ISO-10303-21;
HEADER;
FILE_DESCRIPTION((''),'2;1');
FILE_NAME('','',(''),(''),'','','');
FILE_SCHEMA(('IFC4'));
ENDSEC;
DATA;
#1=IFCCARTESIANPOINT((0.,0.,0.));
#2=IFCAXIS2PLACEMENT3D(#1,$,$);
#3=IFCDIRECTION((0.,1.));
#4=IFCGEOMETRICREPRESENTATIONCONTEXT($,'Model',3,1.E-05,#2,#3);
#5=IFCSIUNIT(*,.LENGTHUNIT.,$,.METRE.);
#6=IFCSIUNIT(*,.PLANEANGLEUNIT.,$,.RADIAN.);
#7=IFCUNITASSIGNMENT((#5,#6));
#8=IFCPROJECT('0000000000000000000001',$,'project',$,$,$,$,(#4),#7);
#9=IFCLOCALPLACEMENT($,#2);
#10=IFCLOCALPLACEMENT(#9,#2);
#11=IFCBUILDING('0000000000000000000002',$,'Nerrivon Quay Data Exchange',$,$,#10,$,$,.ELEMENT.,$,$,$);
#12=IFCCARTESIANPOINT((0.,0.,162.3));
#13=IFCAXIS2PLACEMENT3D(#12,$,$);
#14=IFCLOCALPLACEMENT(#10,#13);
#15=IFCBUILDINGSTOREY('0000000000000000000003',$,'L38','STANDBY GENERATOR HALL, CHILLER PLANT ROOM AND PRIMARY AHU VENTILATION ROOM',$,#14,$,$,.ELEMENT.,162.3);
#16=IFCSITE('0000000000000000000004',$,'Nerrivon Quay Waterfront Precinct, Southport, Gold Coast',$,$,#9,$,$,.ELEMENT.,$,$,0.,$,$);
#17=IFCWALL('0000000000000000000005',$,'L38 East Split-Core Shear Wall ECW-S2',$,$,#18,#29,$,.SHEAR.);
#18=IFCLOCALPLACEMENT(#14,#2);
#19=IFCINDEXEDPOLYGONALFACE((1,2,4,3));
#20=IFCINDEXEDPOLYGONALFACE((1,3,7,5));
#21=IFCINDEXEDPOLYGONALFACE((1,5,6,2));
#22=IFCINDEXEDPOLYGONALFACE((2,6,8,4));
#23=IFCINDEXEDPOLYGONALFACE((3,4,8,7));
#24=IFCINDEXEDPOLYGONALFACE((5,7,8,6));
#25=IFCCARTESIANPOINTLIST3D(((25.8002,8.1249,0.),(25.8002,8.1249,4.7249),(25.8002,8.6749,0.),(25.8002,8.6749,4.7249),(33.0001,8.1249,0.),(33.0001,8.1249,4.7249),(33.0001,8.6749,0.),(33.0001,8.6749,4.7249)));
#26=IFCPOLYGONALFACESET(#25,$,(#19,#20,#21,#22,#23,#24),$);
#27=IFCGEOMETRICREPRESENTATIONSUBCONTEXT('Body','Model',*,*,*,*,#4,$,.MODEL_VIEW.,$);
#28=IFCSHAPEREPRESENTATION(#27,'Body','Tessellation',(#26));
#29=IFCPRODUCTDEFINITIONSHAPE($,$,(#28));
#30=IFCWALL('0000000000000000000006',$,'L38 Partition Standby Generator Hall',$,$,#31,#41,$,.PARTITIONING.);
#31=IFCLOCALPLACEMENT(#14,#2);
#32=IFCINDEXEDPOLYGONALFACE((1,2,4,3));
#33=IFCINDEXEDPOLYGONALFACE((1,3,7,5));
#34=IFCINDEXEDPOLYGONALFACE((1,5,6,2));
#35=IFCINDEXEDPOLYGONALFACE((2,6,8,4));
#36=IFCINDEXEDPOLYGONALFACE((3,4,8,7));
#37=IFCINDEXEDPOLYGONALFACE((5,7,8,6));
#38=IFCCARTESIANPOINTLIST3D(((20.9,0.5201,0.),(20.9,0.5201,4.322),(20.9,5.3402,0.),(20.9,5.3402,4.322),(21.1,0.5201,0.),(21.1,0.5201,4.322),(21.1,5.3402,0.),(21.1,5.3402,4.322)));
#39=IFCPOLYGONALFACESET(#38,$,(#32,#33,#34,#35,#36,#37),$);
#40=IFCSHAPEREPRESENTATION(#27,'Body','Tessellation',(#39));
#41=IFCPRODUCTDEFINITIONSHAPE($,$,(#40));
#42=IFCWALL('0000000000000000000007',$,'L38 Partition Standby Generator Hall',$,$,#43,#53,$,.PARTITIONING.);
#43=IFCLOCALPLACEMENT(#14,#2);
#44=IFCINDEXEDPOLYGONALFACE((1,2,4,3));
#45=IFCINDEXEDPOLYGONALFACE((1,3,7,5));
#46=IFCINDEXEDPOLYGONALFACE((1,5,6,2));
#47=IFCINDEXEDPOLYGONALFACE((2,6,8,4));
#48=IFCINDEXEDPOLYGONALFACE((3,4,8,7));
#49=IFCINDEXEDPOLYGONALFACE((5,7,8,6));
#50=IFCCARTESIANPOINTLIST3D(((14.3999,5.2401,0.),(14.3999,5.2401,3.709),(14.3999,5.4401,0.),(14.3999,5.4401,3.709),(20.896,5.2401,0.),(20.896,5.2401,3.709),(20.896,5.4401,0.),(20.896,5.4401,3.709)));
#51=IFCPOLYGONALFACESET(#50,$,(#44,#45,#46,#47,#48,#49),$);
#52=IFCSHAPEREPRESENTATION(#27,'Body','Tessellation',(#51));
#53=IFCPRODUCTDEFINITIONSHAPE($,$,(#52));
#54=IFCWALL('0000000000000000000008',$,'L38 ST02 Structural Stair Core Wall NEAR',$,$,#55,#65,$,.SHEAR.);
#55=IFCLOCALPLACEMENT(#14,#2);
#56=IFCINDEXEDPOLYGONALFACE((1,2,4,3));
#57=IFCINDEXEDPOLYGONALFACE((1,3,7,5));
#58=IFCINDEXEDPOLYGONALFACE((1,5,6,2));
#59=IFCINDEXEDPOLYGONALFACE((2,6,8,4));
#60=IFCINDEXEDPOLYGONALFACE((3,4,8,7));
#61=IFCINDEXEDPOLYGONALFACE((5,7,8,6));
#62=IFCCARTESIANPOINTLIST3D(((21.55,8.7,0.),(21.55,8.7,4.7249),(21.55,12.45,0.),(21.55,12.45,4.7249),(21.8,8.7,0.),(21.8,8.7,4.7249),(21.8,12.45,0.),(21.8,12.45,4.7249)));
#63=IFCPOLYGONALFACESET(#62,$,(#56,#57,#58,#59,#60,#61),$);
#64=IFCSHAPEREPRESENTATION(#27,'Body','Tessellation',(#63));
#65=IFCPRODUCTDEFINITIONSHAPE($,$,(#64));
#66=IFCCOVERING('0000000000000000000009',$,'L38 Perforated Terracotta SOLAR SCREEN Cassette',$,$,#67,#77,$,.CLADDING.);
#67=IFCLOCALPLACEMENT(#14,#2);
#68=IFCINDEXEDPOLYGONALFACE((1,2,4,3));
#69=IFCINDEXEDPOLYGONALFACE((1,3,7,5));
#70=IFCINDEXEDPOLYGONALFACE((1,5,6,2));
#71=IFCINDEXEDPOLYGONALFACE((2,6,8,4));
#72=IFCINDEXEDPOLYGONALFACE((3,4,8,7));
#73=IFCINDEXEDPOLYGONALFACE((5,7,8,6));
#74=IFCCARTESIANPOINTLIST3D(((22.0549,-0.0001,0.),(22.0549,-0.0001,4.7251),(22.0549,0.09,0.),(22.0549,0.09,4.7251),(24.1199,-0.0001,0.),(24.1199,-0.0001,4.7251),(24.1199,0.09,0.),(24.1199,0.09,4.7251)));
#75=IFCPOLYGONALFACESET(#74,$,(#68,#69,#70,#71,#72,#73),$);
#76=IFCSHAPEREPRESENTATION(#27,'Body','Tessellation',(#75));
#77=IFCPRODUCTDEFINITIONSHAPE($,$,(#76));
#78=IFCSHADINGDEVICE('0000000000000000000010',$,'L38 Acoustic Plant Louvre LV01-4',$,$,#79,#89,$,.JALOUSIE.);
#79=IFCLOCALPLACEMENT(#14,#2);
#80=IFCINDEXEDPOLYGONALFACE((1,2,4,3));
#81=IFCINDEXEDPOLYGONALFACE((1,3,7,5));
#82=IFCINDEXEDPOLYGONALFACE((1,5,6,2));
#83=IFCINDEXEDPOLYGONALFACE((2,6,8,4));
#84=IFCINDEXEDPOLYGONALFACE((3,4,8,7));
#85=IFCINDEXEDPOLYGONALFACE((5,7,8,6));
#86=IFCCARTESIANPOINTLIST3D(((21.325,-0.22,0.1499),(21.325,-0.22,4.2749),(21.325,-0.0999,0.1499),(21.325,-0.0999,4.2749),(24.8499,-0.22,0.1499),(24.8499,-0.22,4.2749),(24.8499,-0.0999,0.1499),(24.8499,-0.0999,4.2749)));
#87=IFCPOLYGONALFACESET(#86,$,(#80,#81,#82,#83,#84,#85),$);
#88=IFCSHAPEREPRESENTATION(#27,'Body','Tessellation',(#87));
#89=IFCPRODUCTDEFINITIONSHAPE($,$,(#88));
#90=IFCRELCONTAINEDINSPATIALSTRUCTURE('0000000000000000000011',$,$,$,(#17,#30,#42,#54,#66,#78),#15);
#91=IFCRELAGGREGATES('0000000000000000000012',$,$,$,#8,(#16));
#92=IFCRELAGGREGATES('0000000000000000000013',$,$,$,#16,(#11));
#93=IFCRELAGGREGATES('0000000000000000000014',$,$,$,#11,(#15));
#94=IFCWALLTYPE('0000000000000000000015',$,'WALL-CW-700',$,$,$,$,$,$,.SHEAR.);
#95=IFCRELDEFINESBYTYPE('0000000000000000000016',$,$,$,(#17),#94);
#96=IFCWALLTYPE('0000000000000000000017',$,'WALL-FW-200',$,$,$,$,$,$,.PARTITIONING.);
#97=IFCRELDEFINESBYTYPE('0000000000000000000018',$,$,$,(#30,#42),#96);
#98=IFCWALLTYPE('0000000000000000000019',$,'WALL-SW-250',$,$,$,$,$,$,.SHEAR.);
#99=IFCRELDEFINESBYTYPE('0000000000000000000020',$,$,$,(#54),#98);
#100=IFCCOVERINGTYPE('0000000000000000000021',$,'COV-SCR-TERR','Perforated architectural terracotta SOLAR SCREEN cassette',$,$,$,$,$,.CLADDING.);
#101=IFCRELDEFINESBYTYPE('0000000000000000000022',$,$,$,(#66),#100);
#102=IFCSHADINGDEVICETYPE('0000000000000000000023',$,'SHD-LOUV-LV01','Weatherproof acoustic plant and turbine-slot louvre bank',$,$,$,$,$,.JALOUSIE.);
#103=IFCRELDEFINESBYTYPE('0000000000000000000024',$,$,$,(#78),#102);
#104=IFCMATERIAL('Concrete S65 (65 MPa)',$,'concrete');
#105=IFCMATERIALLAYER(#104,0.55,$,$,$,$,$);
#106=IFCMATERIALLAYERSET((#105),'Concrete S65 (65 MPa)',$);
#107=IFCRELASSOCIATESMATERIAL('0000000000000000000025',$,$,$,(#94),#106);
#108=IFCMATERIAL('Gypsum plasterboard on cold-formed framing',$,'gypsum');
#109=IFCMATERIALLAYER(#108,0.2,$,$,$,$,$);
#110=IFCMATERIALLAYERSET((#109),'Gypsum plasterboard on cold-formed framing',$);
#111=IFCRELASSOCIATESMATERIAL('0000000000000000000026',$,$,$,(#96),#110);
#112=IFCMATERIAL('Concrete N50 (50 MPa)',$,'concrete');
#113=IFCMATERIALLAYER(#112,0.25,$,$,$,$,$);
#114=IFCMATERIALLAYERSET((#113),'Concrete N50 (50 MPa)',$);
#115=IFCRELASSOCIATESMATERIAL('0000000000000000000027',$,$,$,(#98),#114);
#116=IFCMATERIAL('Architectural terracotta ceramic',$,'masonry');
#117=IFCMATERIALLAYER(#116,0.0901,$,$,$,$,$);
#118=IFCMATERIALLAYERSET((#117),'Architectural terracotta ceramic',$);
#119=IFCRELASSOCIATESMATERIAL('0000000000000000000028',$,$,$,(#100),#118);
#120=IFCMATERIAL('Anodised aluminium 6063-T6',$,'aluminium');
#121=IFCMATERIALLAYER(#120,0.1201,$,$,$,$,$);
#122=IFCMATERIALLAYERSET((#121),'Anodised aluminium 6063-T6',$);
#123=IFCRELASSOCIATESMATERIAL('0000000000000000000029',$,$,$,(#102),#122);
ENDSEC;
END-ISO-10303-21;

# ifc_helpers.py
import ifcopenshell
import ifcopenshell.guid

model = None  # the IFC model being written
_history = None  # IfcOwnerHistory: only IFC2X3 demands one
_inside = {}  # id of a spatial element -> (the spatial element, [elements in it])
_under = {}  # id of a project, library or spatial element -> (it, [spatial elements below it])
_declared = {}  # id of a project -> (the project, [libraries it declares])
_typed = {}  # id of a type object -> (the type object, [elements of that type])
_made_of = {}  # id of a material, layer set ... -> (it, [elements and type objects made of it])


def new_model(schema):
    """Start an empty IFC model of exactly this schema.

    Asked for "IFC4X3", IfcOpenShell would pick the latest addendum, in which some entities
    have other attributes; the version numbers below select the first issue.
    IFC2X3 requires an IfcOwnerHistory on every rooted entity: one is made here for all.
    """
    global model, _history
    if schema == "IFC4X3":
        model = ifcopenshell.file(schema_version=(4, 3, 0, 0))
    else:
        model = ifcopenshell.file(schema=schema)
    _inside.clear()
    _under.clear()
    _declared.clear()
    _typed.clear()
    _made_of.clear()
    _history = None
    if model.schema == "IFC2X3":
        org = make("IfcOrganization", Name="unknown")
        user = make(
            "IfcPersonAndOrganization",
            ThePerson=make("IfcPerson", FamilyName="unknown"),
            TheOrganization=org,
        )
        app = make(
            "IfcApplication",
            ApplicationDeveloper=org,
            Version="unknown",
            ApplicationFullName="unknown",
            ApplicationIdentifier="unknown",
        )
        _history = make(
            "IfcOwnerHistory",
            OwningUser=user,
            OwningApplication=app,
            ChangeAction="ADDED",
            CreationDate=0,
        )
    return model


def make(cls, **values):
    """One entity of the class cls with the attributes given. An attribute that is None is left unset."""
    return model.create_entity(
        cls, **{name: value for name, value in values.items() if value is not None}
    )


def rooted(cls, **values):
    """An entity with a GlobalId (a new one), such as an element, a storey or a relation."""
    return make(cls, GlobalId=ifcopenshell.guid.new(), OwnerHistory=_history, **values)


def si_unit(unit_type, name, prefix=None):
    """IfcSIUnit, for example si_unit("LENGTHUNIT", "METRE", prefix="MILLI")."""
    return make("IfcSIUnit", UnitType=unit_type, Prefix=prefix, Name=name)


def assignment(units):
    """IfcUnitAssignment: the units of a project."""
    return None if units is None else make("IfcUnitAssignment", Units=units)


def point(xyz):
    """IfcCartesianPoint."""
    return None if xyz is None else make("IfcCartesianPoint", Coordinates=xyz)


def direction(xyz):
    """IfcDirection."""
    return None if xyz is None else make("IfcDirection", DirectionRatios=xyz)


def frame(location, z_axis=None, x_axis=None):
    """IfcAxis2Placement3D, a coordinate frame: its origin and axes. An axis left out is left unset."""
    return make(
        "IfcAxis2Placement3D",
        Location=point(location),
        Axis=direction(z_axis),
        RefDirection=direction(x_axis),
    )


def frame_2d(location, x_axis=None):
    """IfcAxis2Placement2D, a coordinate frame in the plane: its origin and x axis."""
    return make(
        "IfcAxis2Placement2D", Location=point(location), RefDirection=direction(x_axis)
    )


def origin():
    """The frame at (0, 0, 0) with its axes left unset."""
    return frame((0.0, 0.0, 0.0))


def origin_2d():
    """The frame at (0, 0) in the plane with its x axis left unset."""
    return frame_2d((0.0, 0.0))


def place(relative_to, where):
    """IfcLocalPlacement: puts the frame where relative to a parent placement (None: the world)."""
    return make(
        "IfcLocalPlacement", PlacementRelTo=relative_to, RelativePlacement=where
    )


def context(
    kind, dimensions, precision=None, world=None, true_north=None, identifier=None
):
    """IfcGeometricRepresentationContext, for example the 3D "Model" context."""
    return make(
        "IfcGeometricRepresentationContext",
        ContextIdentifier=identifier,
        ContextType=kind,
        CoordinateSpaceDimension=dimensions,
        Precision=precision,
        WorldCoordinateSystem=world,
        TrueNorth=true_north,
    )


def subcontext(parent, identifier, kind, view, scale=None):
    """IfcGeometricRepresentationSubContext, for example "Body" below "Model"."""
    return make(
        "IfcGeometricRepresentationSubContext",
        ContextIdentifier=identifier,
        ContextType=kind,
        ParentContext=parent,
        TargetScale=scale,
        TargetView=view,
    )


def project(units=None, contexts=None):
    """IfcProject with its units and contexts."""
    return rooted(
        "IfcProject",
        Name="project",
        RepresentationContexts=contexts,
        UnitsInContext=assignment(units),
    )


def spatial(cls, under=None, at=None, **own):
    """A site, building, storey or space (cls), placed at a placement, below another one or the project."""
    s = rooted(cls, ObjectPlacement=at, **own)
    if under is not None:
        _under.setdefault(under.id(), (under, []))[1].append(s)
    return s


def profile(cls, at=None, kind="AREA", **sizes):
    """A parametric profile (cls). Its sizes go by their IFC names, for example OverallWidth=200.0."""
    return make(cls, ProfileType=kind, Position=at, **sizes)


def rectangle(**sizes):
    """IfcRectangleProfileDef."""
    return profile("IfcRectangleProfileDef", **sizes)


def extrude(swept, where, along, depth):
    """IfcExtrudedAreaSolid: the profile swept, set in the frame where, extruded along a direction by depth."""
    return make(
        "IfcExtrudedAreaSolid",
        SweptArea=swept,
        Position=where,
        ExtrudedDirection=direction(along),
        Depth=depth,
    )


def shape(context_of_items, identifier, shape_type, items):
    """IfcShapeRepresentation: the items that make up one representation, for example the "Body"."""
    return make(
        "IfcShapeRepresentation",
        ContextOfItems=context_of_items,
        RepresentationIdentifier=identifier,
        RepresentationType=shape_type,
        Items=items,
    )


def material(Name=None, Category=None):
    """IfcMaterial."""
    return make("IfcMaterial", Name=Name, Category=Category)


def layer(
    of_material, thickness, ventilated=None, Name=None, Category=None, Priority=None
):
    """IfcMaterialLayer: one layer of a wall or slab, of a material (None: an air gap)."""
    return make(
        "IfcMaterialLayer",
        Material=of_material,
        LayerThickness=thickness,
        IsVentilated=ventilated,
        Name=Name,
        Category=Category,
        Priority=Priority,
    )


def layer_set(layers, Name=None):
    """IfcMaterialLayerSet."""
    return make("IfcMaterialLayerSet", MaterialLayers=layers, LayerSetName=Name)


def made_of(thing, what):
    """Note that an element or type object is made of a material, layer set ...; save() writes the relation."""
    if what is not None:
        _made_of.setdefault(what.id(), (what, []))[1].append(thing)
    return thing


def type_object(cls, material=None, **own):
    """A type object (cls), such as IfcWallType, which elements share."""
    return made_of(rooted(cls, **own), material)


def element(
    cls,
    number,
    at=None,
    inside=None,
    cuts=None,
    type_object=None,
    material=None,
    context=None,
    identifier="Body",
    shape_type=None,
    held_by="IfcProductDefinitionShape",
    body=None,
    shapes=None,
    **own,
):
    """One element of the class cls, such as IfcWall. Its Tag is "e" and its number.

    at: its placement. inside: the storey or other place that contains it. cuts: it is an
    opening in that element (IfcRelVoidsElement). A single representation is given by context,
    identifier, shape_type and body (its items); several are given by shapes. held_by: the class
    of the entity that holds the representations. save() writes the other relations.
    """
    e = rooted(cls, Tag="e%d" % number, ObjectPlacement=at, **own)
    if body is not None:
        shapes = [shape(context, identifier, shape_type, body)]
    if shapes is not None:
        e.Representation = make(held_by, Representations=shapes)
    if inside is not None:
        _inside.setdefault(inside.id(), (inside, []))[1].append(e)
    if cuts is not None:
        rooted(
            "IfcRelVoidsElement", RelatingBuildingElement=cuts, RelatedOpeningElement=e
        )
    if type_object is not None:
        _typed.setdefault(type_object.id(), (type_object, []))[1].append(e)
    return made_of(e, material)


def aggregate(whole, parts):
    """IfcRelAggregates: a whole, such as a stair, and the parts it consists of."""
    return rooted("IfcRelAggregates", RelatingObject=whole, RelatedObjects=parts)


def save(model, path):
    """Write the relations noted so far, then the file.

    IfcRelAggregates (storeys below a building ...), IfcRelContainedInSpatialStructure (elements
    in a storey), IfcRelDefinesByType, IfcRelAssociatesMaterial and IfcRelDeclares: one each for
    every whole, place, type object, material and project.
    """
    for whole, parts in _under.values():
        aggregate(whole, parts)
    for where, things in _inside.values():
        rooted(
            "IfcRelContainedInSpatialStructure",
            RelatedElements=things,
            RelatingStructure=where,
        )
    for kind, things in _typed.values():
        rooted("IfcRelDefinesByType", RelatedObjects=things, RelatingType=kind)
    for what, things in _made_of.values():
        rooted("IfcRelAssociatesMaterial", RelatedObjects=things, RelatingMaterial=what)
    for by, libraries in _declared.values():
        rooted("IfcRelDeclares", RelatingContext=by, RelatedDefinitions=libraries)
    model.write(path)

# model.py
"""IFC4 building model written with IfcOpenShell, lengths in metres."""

from ifc_helpers import new_model, si_unit, direction, frame, frame_2d, origin, origin_2d, place, context, subcontext, project, spatial, rectangle, extrude, material, layer, layer_set, type_object, element, save


model = new_model("IFC4")

# Units and contexts
model_context = context("Model", 3, precision=1e-05, world=origin(), true_north=direction((0.0, 1.0)))
body_context = subcontext(model_context, "Body", "Model", "MODEL_VIEW")
ifc_project = project(units=[si_unit("LENGTHUNIT", "METRE"), si_unit("PLANEANGLEUNIT", "RADIAN")], contexts=[model_context])

# Site, building, storey
site_placement = place(None, origin())
site = spatial("IfcSite", under=ifc_project, at=site_placement, Name="Nerrivon Quay Waterfront Precinct, Southport, Gold Coast", CompositionType="ELEMENT", RefElevation=0.0)
building_placement = place(site_placement, origin())
building = spatial("IfcBuilding", under=site, at=building_placement, Name="Nerrivon Quay Data Exchange", CompositionType="ELEMENT")
storey_placement = place(building_placement, frame((0.0, 0.0, 162.3)))
storey = spatial("IfcBuildingStorey", under=building, at=storey_placement, Name="L38", Description="STANDBY GENERATOR HALL, CHILLER PLANT ROOM AND PRIMARY AHU VENTILATION ROOM", CompositionType="ELEMENT", Elevation=162.3)

# Shared definitions
ifc_material_1 = material(Name="Concrete S65 (65 MPa)", Category="concrete")
ifc_material_2 = material(Name="Concrete N50 (50 MPa)", Category="concrete")

# Walls
ifc_layer_1 = layer(ifc_material_1, 0.55)
ifc_layer_set_1 = layer_set([ifc_layer_1], Name="Concrete S65 (65 MPa)")
wall_type_1 = type_object("IfcWallType", Name="WALL-CW-700", PredefinedType="SHEAR", material=ifc_layer_set_1)
wall_1_placement = place(storey_placement, frame((25.8, 8.3999, 0.0), z_axis=(0.0, 0.0, 1.0), x_axis=(1.0, 0.0, 0.0)))
element("IfcWall", 1, at=wall_1_placement, inside=storey, type_object=wall_type_1, Name="L38 East Split-Core Shear Wall ECW-S2", PredefinedType="SHEAR", context=body_context, shape_type="SweptSolid", body=[
    extrude(rectangle(XDim=7.2, YDim=0.55, at=frame_2d((3.6001, 0.0))), origin(), (0.0, 0.0, 1.0), 4.7249),
])
ifc_material_3 = material(Name="Gypsum plasterboard on cold-formed framing", Category="gypsum")
ifc_layer_2 = layer(ifc_material_3, 0.2)
ifc_layer_set_2 = layer_set([ifc_layer_2], Name="Gypsum plasterboard on cold-formed framing")
wall_type_2 = type_object("IfcWallType", Name="WALL-FW-200", PredefinedType="PARTITIONING", material=ifc_layer_set_2)
wall_2_placement = place(storey_placement, frame((21.0, 0.52, 0.0), z_axis=(0.0, 0.0, 1.0), x_axis=(0.0, 1.0, 0.0)))
element("IfcWall", 2, at=wall_2_placement, inside=storey, type_object=wall_type_2, Name="L38 Partition Standby Generator Hall", PredefinedType="PARTITIONING", context=body_context, shape_type="SweptSolid", body=[
    extrude(rectangle(XDim=4.8201, YDim=0.2, at=frame_2d((2.4102, 0.0))), origin(), (0.0, 0.0, 1.0), 4.322),
])
wall_3_placement = place(storey_placement, frame((20.896, 5.3401, 0.0), z_axis=(0.0, 0.0, 1.0), x_axis=(-1.0, 0.0, 0.0)))
element("IfcWall", 3, at=wall_3_placement, inside=storey, type_object=wall_type_2, Name="L38 Partition Standby Generator Hall", PredefinedType="PARTITIONING", context=body_context, shape_type="SweptSolid", body=[
    extrude(rectangle(XDim=6.4961, YDim=0.2, at=frame_2d((3.248, 0.0))), origin(), (0.0, 0.0, 1.0), 3.709),
])
ifc_layer_3 = layer(ifc_material_2, 0.25)
ifc_layer_set_3 = layer_set([ifc_layer_3], Name="Concrete N50 (50 MPa)")
wall_type_3 = type_object("IfcWallType", Name="WALL-SW-250", PredefinedType="SHEAR", material=ifc_layer_set_3)
wall_4_placement = place(storey_placement, frame((21.675, 8.7, 0.0), z_axis=(0.0, 0.0, 1.0), x_axis=(0.0, 1.0, 0.0)))
element("IfcWall", 4, at=wall_4_placement, inside=storey, type_object=wall_type_3, Name="L38 ST02 Structural Stair Core Wall NEAR", PredefinedType="SHEAR", context=body_context, shape_type="SweptSolid", body=[
    extrude(rectangle(XDim=3.75, YDim=0.25, at=frame_2d((1.875, 0.0))), origin(), (0.0, 0.0, 1.0), 4.7249),
])

# Covering
ifc_material_4 = material(Name="Architectural terracotta ceramic", Category="masonry")
ifc_layer_4 = layer(ifc_material_4, 0.0901)
ifc_layer_set_4 = layer_set([ifc_layer_4], Name="Architectural terracotta ceramic")
covering_type = type_object("IfcCoveringType", Name="COV-SCR-TERR", Description="Perforated architectural terracotta SOLAR SCREEN cassette", PredefinedType="CLADDING", material=ifc_layer_set_4)
covering_placement = place(storey_placement, frame((23.0874, 0.0449, 0.0), z_axis=(0.0, 0.0, 1.0), x_axis=(-1.0, 0.0, 0.0)))
element("IfcCovering", 5, at=covering_placement, inside=storey, type_object=covering_type, Name="L38 Perforated Terracotta SOLAR SCREEN Cassette", PredefinedType="CLADDING", context=body_context, shape_type="SweptSolid", body=[
    extrude(rectangle(XDim=2.0649, YDim=0.0901, at=origin_2d()), origin(), (0.0, 0.0, 1.0), 4.7251),
])

# Shading device
ifc_material_5 = material(Name="Anodised aluminium 6063-T6", Category="aluminium")
ifc_layer_5 = layer(ifc_material_5, 0.1201)
ifc_layer_set_5 = layer_set([ifc_layer_5], Name="Anodised aluminium 6063-T6")
shading_device_type = type_object("IfcShadingDeviceType", Name="SHD-LOUV-LV01", Description="Weatherproof acoustic plant and turbine-slot louvre bank", PredefinedType="JALOUSIE", material=ifc_layer_set_5)
shading_device_placement = place(storey_placement, frame((23.0874, -0.1599, 0.1499), z_axis=(0.0, 0.0, 1.0), x_axis=(-1.0, 0.0, 0.0)))
element("IfcShadingDevice", 6, at=shading_device_placement, inside=storey, type_object=shading_device_type, Name="L38 Acoustic Plant Louvre LV01-4", PredefinedType="JALOUSIE", context=body_context, shape_type="SweptSolid", body=[
    extrude(rectangle(XDim=3.5249, YDim=0.1201, at=origin_2d()), origin(), (0.0, 0.0, 1.0), 4.125),
])

save(model, "model.ifc")
